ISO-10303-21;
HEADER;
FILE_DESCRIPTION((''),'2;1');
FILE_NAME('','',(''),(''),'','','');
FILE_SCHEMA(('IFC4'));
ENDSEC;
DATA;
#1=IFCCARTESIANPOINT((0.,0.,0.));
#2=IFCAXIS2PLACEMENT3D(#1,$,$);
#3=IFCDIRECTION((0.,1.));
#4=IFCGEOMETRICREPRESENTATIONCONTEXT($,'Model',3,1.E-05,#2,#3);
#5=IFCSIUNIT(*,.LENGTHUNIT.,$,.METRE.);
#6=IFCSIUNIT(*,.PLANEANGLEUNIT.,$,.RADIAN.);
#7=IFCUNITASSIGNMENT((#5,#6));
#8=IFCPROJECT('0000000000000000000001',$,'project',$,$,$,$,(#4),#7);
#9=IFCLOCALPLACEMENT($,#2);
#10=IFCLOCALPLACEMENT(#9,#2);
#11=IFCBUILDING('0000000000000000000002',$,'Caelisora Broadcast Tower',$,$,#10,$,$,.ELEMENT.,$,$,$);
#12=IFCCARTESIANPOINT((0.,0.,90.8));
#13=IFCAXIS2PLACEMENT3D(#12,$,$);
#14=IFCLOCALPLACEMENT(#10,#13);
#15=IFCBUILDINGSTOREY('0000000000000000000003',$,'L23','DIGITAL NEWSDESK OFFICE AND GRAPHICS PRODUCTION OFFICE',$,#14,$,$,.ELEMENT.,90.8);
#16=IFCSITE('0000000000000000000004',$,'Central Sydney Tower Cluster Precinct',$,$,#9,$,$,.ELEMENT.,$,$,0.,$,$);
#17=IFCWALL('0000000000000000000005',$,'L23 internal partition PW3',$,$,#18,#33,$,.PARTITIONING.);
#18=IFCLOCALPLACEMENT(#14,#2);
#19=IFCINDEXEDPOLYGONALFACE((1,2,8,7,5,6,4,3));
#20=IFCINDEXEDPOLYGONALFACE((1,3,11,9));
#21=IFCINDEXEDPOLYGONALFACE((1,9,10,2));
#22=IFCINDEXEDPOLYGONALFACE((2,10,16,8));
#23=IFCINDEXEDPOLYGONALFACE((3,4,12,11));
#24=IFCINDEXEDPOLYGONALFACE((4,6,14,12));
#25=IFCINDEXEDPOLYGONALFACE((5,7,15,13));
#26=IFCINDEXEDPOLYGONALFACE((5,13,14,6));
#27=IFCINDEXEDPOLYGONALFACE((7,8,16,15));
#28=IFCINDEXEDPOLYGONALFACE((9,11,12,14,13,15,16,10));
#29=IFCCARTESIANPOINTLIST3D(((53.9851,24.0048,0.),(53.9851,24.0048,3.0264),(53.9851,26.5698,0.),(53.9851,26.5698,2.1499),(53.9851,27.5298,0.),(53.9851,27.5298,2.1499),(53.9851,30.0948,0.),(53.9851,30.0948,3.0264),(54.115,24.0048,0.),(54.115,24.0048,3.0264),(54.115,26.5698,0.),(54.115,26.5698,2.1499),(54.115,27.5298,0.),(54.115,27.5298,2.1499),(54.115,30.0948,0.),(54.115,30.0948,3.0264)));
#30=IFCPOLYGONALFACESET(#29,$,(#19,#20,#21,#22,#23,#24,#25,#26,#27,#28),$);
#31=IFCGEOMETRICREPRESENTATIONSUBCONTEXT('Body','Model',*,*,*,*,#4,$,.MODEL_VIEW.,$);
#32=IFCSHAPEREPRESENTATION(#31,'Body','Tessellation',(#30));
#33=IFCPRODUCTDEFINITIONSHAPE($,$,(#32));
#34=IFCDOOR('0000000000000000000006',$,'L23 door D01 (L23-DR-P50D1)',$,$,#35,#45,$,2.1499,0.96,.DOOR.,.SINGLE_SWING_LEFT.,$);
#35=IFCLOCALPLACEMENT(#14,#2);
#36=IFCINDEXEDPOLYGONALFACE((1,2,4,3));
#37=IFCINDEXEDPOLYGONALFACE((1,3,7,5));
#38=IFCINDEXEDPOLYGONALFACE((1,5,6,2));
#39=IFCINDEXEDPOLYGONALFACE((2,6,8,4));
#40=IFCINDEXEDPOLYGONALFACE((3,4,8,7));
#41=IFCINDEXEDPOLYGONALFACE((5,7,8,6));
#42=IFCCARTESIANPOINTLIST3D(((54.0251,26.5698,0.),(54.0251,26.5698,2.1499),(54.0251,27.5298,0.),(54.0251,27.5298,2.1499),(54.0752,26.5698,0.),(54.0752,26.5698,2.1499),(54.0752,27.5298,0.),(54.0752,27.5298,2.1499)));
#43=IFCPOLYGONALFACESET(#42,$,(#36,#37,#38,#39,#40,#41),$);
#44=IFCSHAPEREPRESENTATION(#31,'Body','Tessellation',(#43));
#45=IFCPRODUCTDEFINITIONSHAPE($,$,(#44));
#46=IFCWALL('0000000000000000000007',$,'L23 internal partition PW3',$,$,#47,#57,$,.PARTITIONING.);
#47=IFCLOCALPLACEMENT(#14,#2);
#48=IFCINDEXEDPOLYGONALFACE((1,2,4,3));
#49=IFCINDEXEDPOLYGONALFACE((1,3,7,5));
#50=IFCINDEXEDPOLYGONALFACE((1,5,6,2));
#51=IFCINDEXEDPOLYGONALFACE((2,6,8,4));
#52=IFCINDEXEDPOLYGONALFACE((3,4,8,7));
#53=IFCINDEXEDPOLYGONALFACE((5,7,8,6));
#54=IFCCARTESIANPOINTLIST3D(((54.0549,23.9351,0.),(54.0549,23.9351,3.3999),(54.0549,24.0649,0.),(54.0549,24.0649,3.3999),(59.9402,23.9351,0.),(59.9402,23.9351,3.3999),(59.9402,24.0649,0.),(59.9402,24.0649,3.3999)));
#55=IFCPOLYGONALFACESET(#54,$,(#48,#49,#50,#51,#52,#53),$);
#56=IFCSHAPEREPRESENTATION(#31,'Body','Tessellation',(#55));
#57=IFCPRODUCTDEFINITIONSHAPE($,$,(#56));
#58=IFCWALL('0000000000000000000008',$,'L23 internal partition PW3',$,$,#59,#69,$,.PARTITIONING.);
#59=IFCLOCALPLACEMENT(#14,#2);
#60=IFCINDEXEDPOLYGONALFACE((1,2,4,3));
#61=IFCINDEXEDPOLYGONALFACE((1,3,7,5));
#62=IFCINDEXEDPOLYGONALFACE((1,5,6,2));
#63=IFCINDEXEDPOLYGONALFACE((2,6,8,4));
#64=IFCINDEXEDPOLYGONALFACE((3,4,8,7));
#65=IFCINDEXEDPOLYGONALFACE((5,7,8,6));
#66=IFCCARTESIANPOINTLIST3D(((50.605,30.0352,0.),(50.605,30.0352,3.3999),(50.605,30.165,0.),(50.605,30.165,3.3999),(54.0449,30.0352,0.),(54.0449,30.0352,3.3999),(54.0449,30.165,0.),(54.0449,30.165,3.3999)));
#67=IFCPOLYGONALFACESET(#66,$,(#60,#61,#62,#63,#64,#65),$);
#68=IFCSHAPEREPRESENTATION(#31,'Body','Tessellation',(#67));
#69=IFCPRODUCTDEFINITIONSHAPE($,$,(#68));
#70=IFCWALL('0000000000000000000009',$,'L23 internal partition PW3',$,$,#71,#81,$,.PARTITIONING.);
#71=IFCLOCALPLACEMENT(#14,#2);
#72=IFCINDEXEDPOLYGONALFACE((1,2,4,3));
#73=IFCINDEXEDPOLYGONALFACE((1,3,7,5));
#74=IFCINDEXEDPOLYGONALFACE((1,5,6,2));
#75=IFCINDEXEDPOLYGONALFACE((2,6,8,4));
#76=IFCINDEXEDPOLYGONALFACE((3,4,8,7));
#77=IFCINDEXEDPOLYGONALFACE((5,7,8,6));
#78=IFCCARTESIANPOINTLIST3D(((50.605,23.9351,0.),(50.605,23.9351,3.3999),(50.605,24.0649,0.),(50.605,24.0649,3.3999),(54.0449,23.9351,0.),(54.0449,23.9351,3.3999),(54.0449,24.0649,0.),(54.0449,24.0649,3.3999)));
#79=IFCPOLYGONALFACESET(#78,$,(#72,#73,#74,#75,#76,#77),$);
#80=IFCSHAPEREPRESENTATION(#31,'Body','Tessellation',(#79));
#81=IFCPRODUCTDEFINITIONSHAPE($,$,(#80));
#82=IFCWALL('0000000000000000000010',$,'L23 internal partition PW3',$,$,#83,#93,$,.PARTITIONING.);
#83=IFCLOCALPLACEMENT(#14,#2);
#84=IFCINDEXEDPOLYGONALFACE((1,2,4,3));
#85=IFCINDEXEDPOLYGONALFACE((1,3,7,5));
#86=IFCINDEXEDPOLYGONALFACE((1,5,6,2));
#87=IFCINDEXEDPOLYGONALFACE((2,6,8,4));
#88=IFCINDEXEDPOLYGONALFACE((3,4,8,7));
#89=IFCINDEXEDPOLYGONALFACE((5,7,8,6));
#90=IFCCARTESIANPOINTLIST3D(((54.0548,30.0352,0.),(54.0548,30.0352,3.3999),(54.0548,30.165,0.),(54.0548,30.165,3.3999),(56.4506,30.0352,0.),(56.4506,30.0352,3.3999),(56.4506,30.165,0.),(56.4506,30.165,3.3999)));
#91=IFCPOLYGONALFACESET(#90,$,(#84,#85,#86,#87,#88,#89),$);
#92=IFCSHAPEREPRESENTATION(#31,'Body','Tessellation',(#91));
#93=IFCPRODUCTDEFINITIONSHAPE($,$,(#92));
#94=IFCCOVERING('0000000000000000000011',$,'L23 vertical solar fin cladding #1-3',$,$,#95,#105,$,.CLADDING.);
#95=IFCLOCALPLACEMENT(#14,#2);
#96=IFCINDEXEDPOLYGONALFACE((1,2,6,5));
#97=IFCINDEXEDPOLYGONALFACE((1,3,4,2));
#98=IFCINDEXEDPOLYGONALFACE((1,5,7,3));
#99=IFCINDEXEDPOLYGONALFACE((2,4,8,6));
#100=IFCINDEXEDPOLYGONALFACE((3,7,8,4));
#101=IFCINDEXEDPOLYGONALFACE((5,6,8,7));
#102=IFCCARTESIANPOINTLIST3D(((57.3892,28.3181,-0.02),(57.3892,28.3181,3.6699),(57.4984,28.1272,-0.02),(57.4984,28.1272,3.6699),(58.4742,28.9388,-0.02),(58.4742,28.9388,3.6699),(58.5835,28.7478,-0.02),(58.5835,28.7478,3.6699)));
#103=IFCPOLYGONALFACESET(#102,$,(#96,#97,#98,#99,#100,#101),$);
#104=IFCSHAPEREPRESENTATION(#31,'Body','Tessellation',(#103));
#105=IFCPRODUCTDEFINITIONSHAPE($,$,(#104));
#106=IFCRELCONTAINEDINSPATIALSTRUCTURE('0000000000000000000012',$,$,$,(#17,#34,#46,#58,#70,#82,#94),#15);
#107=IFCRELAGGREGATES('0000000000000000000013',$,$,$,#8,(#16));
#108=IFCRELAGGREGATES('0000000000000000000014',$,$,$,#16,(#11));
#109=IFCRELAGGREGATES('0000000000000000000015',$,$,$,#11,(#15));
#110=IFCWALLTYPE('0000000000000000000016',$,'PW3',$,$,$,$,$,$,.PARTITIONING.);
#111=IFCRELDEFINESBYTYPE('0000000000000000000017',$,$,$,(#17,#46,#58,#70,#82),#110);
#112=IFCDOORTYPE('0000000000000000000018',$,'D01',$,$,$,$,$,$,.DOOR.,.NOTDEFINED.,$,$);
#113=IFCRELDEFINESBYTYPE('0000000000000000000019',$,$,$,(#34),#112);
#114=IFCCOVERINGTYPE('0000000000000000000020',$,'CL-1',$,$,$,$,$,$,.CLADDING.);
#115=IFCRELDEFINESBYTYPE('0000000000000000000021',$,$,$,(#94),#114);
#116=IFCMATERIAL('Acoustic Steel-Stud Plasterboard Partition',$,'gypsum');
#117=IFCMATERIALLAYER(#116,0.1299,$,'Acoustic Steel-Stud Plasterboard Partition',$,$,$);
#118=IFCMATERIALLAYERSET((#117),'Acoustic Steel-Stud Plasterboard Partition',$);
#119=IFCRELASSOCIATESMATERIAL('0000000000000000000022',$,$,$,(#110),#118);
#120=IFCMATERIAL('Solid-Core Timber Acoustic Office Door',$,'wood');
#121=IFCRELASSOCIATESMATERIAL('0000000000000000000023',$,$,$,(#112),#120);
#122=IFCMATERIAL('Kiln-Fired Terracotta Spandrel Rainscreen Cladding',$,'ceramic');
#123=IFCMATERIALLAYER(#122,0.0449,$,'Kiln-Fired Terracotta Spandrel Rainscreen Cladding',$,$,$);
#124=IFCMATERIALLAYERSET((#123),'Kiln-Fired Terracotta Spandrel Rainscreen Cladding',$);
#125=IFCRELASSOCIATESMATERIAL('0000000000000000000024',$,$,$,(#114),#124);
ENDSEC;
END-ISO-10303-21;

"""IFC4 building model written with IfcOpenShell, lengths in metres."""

from ifc_helpers import new_model, si_unit, direction, frame, frame_2d, origin, origin_2d, place, context, subcontext, project, spatial, rectangle, extrude, source, transform, mapped, material, layer, layer_set, type_object, type_shapes, element, fill, save


model = new_model("IFC4")

# Units and contexts
model_context = context("Model", 3, precision=1e-05, world=origin(), true_north=direction((0.0, 1.0)))
body_context = subcontext(model_context, "Body", "Model", "MODEL_VIEW")
ifc_project = project(units=[si_unit("LENGTHUNIT", "METRE"), si_unit("PLANEANGLEUNIT", "RADIAN")], contexts=[model_context])

# Site, building, storey
site_placement = place(None, origin())
site = spatial("IfcSite", under=ifc_project, at=site_placement, Name="Central Sydney Tower Cluster Precinct", CompositionType="ELEMENT", RefElevation=0.0)
building_placement = place(site_placement, origin())
building = spatial("IfcBuilding", under=site, at=building_placement, Name="Caelisora Broadcast Tower", CompositionType="ELEMENT")
storey_placement = place(building_placement, frame((0.0, 0.0, 90.8)))
storey = spatial("IfcBuildingStorey", under=building, at=storey_placement, Name="L23", Description="DIGITAL NEWSDESK OFFICE AND GRAPHICS PRODUCTION OFFICE", CompositionType="ELEMENT", Elevation=90.8)

# Wall, opening, door
ifc_material_1 = material(Name="Acoustic Steel-Stud Plasterboard Partition", Category="gypsum")
ifc_layer_1 = layer(ifc_material_1, 0.1299, Name="Acoustic Steel-Stud Plasterboard Partition")
ifc_layer_set_1 = layer_set([ifc_layer_1], Name="Acoustic Steel-Stud Plasterboard Partition")
wall_type = type_object("IfcWallType", Name="PW3", PredefinedType="PARTITIONING", material=ifc_layer_set_1)
ifc_material_2 = material(Name="Solid-Core Timber Acoustic Office Door", Category="wood")
door_type = type_object("IfcDoorType", Name="D01", OperationType="NOTDEFINED", PredefinedType="DOOR", material=ifc_material_2)
wall_1_placement = place(storey_placement, frame((54.05, 24.0049, 0.0), z_axis=(0.0, 0.0, 1.0), x_axis=(0.0, 1.0, 0.0)))
wall_1 = element("IfcWall", 1, at=wall_1_placement, inside=storey, type_object=wall_type, Name="L23 internal partition PW3", PredefinedType="PARTITIONING", context=body_context, shape_type="SweptSolid", body=[
    extrude(rectangle(XDim=6.0901, YDim=0.1299, at=frame_2d((3.0449, 0.0))), origin(), (0.0, 0.0, 1.0), 3.0264),
])
opening_1_placement = place(wall_1_placement, frame((2.5649, 0.0, 0.0)))
opening_1 = element("IfcOpeningElement", 2, at=opening_1_placement, cuts=wall_1, PredefinedType="OPENING", context=body_context, shape_type="SweptSolid", body=[
    extrude(rectangle(XDim=0.96, YDim=2.1499, at=frame_2d((0.48, 1.075))), frame((0.0, 0.0769, 0.0), z_axis=(0.0, -1.0, 0.0), x_axis=(1.0, 0.0, 0.0)), (0.0, 0.0, 1.0), 0.1538),
])
door_1_placement = place(opening_1_placement, origin())
door_1 = element("IfcDoor", 3, at=door_1_placement, inside=storey, type_object=door_type, Name="L23 door D01 (L23-DR-P50D1)", OperationType="SINGLE_SWING_LEFT", OverallHeight=2.1499, OverallWidth=0.96, PredefinedType="DOOR", context=body_context, shape_type="SweptSolid", body=[
    extrude(rectangle(XDim=0.96, YDim=2.1499, at=frame_2d((0.48, 1.075))), frame((0.0, 0.0249, 0.0), z_axis=(0.0, -1.0, 0.0), x_axis=(1.0, 0.0, 0.0)), (0.0, 0.0, 1.0), 0.05),
])
fill(opening_1, door_1)

# Walls
wall_2_placement = place(storey_placement, frame((54.0549, 24.0, 0.0), z_axis=(0.0, 0.0, 1.0), x_axis=(1.0, 0.0, 0.0)))
element("IfcWall", 4, at=wall_2_placement, inside=storey, type_object=wall_type, Name="L23 internal partition PW3", PredefinedType="PARTITIONING", context=body_context, shape_type="SweptSolid", body=[
    extrude(rectangle(XDim=5.8853, YDim=0.1299, at=frame_2d((2.9426, 0.0))), origin(), (0.0, 0.0, 1.0), 3.3999),
])
for number, where, z_axis, x_axis, name in (
    (5, (50.605, 30.1001, 0.0), (0.0, 0.0, 1.0), (1.0, 0.0, 0.0), "L23 internal partition PW3"),
    (6, (50.605, 24.0, 0.0), (0.0, 0.0, 1.0), (1.0, 0.0, 0.0), "L23 internal partition PW3"),
):
    element("IfcWall", number, at=place(storey_placement, frame(where, z_axis=z_axis, x_axis=x_axis)), inside=storey, type_object=wall_type, Name=name, PredefinedType="PARTITIONING", context=body_context, shape_type="SweptSolid", body=[
        extrude(rectangle(XDim=3.4399, YDim=0.1299, at=frame_2d((1.72, 0.0))), origin(), (0.0, 0.0, 1.0), 3.3999),
    ])
wall_3_placement = place(storey_placement, frame((54.0549, 30.1001, 0.0), z_axis=(0.0, 0.0, 1.0), x_axis=(1.0, 0.0, 0.0)))
element("IfcWall", 7, at=wall_3_placement, inside=storey, type_object=wall_type, Name="L23 internal partition PW3", PredefinedType="PARTITIONING", context=body_context, shape_type="SweptSolid", body=[
    extrude(rectangle(XDim=2.3958, YDim=0.1299, at=frame_2d((1.1978, 0.0))), origin(), (0.0, 0.0, 1.0), 3.3999),
])

# Covering
ifc_material_3 = material(Name="Kiln-Fired Terracotta Spandrel Rainscreen Cladding", Category="ceramic")
ifc_layer_2 = layer(ifc_material_3, 0.0449, Name="Kiln-Fired Terracotta Spandrel Rainscreen Cladding")
ifc_layer_set_2 = layer_set([ifc_layer_2], Name="Kiln-Fired Terracotta Spandrel Rainscreen Cladding")
covering_type = type_object("IfcCoveringType", Name="CL-1", PredefinedType="CLADDING", material=ifc_layer_set_2)
shared_shape_1 = source(origin(), body_context, "Body", "SweptSolid", [
    extrude(rectangle(XDim=0.22, YDim=1.25, at=origin_2d()), origin(), (0.0, 0.0, 1.0), 3.6899),
])
type_shapes(covering_type, [shared_shape_1])
covering_placement = place(storey_placement, frame((57.9863, 28.533, -0.02), z_axis=(0.0, 0.0, 1.0), x_axis=(0.49652, -0.868026, 0.0)))
element("IfcCovering", 8, at=covering_placement, inside=storey, type_object=covering_type, Name="L23 vertical solar fin cladding #1-3", PredefinedType="CLADDING", context=body_context, shape_type="MappedRepresentation", body=[
    mapped(shared_shape_1, transform((0.0, 0.0, 0.0), scale=1.0)),
])

save(model, "model.ifc")
